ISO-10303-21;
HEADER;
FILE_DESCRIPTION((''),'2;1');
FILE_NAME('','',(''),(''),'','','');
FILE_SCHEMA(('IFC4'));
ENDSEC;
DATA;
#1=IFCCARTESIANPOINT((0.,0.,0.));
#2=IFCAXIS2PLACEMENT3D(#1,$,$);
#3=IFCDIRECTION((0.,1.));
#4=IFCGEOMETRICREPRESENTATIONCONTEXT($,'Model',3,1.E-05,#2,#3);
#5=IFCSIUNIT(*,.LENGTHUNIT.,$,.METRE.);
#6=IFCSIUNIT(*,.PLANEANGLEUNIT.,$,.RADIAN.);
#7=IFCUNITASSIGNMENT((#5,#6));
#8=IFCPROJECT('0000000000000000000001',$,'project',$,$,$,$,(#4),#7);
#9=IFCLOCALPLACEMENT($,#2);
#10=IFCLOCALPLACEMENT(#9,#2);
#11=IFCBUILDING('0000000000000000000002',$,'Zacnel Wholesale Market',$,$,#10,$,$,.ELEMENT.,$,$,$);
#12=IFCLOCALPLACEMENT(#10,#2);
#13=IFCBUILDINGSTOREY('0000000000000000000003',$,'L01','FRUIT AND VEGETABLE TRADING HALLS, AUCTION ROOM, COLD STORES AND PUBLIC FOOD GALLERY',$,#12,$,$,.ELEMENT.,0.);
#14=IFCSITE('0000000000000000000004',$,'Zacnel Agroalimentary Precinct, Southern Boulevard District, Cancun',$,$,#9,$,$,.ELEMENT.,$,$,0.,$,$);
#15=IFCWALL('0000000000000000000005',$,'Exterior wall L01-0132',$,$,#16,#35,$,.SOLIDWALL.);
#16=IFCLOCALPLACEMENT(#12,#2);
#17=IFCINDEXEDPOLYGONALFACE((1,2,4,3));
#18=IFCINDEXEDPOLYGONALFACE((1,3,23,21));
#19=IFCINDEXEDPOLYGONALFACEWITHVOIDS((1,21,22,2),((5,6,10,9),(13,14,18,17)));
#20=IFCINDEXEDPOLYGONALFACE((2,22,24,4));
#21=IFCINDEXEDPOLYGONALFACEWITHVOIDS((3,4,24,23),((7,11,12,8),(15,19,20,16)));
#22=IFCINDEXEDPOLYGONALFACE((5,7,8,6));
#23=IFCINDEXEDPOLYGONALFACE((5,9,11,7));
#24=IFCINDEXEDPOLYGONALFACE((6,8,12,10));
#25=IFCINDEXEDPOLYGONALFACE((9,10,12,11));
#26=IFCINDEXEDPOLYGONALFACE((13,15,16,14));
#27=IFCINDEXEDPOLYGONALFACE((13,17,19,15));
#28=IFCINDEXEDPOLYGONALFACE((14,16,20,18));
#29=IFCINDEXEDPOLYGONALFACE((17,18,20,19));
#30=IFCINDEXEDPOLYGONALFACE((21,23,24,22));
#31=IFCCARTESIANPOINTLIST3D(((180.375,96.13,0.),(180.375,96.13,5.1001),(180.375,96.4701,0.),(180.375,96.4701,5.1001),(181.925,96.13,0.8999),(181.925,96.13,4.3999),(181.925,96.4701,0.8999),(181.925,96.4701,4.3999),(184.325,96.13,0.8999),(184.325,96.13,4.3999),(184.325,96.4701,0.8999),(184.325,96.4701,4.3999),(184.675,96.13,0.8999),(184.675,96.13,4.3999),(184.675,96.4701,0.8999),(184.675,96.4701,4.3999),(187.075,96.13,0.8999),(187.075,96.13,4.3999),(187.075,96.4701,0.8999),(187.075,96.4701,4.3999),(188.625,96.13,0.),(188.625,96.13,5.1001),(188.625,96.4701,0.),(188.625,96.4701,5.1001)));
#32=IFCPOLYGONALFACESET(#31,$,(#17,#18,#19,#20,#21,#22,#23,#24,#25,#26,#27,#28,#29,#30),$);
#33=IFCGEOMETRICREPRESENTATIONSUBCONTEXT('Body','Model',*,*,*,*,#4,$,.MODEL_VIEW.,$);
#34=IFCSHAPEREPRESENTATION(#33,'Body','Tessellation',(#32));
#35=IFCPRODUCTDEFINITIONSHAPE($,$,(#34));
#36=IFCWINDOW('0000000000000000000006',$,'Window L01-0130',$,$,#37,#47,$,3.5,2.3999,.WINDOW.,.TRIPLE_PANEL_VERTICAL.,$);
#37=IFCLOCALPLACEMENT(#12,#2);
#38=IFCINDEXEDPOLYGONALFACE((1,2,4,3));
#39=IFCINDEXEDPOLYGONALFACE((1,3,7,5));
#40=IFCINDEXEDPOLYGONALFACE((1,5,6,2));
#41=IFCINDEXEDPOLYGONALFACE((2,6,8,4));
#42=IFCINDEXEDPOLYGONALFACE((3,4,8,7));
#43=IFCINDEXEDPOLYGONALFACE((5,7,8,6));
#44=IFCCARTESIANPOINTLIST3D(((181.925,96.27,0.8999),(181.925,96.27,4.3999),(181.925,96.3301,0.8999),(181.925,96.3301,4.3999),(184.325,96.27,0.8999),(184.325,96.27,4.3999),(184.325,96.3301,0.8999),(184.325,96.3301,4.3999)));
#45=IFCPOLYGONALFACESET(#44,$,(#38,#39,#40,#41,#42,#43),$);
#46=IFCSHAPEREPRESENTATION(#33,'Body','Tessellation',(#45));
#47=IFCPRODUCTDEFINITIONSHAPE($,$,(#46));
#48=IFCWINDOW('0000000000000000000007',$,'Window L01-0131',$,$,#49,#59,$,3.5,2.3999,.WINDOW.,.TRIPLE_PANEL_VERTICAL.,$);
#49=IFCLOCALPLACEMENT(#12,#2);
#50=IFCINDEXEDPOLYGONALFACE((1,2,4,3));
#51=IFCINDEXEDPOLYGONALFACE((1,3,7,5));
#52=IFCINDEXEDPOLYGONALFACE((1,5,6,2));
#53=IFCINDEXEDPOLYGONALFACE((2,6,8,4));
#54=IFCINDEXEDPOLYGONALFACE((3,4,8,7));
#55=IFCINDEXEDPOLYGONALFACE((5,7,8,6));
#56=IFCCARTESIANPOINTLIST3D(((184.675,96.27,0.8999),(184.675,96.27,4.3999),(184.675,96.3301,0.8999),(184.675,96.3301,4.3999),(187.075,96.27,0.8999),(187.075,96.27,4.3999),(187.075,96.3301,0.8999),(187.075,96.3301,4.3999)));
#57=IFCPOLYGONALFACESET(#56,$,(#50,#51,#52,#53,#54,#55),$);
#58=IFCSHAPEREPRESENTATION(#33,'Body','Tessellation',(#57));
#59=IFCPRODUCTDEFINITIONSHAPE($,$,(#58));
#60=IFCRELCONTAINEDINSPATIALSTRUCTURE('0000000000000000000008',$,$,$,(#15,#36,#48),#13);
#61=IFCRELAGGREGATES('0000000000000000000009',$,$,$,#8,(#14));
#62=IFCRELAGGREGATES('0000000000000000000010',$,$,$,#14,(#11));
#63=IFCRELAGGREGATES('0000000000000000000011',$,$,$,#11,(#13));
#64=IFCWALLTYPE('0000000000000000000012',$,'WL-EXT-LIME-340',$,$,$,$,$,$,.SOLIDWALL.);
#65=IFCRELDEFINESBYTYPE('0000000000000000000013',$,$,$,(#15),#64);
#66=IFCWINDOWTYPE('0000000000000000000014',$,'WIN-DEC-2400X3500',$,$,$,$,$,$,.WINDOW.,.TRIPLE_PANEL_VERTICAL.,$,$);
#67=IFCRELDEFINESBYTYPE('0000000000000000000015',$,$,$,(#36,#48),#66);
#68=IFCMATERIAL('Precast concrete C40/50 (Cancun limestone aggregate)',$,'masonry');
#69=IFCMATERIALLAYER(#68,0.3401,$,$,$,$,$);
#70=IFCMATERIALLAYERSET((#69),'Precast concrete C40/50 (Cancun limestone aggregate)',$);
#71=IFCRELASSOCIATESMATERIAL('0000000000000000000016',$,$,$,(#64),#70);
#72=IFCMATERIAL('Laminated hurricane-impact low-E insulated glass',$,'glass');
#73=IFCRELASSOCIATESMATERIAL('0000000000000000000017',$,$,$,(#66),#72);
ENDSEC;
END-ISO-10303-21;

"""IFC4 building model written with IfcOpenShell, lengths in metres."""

from ifc_helpers import new_model, si_unit, direction, frame, frame_2d, origin, place, context, subcontext, project, spatial, rectangle, extrude, material, layer, layer_set, type_object, element, fill, save


model = new_model("IFC4")

# Units and contexts
model_context = context("Model", 3, precision=1e-05, world=origin(), true_north=direction((0.0, 1.0)))
body_context = subcontext(model_context, "Body", "Model", "MODEL_VIEW")
ifc_project = project(units=[si_unit("LENGTHUNIT", "METRE"), si_unit("PLANEANGLEUNIT", "RADIAN")], contexts=[model_context])

# Site, building, storey
site_placement = place(None, origin())
site = spatial("IfcSite", under=ifc_project, at=site_placement, Name="Zacnel Agroalimentary Precinct, Southern Boulevard District, Cancun", CompositionType="ELEMENT", RefElevation=0.0)
building_placement = place(site_placement, origin())
building = spatial("IfcBuilding", under=site, at=building_placement, Name="Zacnel Wholesale Market", CompositionType="ELEMENT")
storey_placement = place(building_placement, origin())
storey = spatial("IfcBuildingStorey", under=building, at=storey_placement, Name="L01", Description="FRUIT AND VEGETABLE TRADING HALLS, AUCTION ROOM, COLD STORES AND PUBLIC FOOD GALLERY", CompositionType="ELEMENT", Elevation=0.0)

# Wall, openings, windows
ifc_material_1 = material(Name="Precast concrete C40/50 (Cancun limestone aggregate)", Category="masonry")
ifc_layer_1 = layer(ifc_material_1, 0.3401)
ifc_layer_set_1 = layer_set([ifc_layer_1], Name="Precast concrete C40/50 (Cancun limestone aggregate)")
wall_type = type_object("IfcWallType", Name="WL-EXT-LIME-340", PredefinedType="SOLIDWALL", material=ifc_layer_set_1)
wall_placement = place(storey_placement, frame((180.375, 96.3, 0.0), z_axis=(0.0, 0.0, 1.0), x_axis=(1.0, 0.0, 0.0)))
wall = element("IfcWall", 1, at=wall_placement, inside=storey, type_object=wall_type, Name="Exterior wall L01-0132", PredefinedType="SOLIDWALL", context=body_context, shape_type="SweptSolid", body=[
    extrude(rectangle(XDim=8.25, YDim=0.3401, at=frame_2d((4.125, 0.0))), origin(), (0.0, 0.0, 1.0), 5.1001),
])
opening_1_placement = place(wall_placement, frame((1.55, 0.0, 0.8999)))
opening_1 = element("IfcOpeningElement", 2, at=opening_1_placement, cuts=wall, PredefinedType="OPENING", context=body_context, shape_type="SweptSolid", body=[
    extrude(rectangle(XDim=2.3999, YDim=3.5, at=frame_2d((1.2, 1.75))), frame((0.0, 0.1799, 0.0), z_axis=(0.0, -1.0, 0.0), x_axis=(1.0, 0.0, 0.0)), (0.0, 0.0, 1.0), 0.3601),
])
opening_2_placement = place(wall_placement, frame((4.3, 0.0, 0.8999)))
opening_2 = element("IfcOpeningElement", 3, at=opening_2_placement, cuts=wall, PredefinedType="OPENING", context=body_context, shape_type="SweptSolid", body=[
    extrude(rectangle(XDim=2.3999, YDim=3.5, at=frame_2d((1.2, 1.75))), frame((0.0, 0.1799, 0.0), z_axis=(0.0, -1.0, 0.0), x_axis=(1.0, 0.0, 0.0)), (0.0, 0.0, 1.0), 0.3601),
])
ifc_material_2 = material(Name="Laminated hurricane-impact low-E insulated glass", Category="glass")
window_type = type_object("IfcWindowType", Name="WIN-DEC-2400X3500", PartitioningType="TRIPLE_PANEL_VERTICAL", PredefinedType="WINDOW", material=ifc_material_2)
window_1_placement = place(opening_1_placement, origin())
window_1 = element("IfcWindow", 4, at=window_1_placement, inside=storey, type_object=window_type, Name="Window L01-0130", OverallHeight=3.5, OverallWidth=2.3999, PartitioningType="TRIPLE_PANEL_VERTICAL", PredefinedType="WINDOW", context=body_context, shape_type="SweptSolid", body=[
    extrude(rectangle(XDim=2.3999, YDim=3.5, at=frame_2d((1.2, 1.75))), frame((0.0, 0.03, 0.0), z_axis=(0.0, -1.0, 0.0), x_axis=(1.0, 0.0, 0.0)), (0.0, 0.0, 1.0), 0.0601),
])
fill(opening_1, window_1)
window_2_placement = place(opening_2_placement, origin())
window_2 = element("IfcWindow", 5, at=window_2_placement, inside=storey, type_object=window_type, Name="Window L01-0131", OverallHeight=3.5, OverallWidth=2.3999, PartitioningType="TRIPLE_PANEL_VERTICAL", PredefinedType="WINDOW", context=body_context, shape_type="SweptSolid", body=[
    extrude(rectangle(XDim=2.3999, YDim=3.5, at=frame_2d((1.2, 1.75))), frame((0.0, 0.03, 0.0), z_axis=(0.0, -1.0, 0.0), x_axis=(1.0, 0.0, 0.0)), (0.0, 0.0, 1.0), 0.0601),
])
fill(opening_2, window_2)

save(model, "model.ifc")
